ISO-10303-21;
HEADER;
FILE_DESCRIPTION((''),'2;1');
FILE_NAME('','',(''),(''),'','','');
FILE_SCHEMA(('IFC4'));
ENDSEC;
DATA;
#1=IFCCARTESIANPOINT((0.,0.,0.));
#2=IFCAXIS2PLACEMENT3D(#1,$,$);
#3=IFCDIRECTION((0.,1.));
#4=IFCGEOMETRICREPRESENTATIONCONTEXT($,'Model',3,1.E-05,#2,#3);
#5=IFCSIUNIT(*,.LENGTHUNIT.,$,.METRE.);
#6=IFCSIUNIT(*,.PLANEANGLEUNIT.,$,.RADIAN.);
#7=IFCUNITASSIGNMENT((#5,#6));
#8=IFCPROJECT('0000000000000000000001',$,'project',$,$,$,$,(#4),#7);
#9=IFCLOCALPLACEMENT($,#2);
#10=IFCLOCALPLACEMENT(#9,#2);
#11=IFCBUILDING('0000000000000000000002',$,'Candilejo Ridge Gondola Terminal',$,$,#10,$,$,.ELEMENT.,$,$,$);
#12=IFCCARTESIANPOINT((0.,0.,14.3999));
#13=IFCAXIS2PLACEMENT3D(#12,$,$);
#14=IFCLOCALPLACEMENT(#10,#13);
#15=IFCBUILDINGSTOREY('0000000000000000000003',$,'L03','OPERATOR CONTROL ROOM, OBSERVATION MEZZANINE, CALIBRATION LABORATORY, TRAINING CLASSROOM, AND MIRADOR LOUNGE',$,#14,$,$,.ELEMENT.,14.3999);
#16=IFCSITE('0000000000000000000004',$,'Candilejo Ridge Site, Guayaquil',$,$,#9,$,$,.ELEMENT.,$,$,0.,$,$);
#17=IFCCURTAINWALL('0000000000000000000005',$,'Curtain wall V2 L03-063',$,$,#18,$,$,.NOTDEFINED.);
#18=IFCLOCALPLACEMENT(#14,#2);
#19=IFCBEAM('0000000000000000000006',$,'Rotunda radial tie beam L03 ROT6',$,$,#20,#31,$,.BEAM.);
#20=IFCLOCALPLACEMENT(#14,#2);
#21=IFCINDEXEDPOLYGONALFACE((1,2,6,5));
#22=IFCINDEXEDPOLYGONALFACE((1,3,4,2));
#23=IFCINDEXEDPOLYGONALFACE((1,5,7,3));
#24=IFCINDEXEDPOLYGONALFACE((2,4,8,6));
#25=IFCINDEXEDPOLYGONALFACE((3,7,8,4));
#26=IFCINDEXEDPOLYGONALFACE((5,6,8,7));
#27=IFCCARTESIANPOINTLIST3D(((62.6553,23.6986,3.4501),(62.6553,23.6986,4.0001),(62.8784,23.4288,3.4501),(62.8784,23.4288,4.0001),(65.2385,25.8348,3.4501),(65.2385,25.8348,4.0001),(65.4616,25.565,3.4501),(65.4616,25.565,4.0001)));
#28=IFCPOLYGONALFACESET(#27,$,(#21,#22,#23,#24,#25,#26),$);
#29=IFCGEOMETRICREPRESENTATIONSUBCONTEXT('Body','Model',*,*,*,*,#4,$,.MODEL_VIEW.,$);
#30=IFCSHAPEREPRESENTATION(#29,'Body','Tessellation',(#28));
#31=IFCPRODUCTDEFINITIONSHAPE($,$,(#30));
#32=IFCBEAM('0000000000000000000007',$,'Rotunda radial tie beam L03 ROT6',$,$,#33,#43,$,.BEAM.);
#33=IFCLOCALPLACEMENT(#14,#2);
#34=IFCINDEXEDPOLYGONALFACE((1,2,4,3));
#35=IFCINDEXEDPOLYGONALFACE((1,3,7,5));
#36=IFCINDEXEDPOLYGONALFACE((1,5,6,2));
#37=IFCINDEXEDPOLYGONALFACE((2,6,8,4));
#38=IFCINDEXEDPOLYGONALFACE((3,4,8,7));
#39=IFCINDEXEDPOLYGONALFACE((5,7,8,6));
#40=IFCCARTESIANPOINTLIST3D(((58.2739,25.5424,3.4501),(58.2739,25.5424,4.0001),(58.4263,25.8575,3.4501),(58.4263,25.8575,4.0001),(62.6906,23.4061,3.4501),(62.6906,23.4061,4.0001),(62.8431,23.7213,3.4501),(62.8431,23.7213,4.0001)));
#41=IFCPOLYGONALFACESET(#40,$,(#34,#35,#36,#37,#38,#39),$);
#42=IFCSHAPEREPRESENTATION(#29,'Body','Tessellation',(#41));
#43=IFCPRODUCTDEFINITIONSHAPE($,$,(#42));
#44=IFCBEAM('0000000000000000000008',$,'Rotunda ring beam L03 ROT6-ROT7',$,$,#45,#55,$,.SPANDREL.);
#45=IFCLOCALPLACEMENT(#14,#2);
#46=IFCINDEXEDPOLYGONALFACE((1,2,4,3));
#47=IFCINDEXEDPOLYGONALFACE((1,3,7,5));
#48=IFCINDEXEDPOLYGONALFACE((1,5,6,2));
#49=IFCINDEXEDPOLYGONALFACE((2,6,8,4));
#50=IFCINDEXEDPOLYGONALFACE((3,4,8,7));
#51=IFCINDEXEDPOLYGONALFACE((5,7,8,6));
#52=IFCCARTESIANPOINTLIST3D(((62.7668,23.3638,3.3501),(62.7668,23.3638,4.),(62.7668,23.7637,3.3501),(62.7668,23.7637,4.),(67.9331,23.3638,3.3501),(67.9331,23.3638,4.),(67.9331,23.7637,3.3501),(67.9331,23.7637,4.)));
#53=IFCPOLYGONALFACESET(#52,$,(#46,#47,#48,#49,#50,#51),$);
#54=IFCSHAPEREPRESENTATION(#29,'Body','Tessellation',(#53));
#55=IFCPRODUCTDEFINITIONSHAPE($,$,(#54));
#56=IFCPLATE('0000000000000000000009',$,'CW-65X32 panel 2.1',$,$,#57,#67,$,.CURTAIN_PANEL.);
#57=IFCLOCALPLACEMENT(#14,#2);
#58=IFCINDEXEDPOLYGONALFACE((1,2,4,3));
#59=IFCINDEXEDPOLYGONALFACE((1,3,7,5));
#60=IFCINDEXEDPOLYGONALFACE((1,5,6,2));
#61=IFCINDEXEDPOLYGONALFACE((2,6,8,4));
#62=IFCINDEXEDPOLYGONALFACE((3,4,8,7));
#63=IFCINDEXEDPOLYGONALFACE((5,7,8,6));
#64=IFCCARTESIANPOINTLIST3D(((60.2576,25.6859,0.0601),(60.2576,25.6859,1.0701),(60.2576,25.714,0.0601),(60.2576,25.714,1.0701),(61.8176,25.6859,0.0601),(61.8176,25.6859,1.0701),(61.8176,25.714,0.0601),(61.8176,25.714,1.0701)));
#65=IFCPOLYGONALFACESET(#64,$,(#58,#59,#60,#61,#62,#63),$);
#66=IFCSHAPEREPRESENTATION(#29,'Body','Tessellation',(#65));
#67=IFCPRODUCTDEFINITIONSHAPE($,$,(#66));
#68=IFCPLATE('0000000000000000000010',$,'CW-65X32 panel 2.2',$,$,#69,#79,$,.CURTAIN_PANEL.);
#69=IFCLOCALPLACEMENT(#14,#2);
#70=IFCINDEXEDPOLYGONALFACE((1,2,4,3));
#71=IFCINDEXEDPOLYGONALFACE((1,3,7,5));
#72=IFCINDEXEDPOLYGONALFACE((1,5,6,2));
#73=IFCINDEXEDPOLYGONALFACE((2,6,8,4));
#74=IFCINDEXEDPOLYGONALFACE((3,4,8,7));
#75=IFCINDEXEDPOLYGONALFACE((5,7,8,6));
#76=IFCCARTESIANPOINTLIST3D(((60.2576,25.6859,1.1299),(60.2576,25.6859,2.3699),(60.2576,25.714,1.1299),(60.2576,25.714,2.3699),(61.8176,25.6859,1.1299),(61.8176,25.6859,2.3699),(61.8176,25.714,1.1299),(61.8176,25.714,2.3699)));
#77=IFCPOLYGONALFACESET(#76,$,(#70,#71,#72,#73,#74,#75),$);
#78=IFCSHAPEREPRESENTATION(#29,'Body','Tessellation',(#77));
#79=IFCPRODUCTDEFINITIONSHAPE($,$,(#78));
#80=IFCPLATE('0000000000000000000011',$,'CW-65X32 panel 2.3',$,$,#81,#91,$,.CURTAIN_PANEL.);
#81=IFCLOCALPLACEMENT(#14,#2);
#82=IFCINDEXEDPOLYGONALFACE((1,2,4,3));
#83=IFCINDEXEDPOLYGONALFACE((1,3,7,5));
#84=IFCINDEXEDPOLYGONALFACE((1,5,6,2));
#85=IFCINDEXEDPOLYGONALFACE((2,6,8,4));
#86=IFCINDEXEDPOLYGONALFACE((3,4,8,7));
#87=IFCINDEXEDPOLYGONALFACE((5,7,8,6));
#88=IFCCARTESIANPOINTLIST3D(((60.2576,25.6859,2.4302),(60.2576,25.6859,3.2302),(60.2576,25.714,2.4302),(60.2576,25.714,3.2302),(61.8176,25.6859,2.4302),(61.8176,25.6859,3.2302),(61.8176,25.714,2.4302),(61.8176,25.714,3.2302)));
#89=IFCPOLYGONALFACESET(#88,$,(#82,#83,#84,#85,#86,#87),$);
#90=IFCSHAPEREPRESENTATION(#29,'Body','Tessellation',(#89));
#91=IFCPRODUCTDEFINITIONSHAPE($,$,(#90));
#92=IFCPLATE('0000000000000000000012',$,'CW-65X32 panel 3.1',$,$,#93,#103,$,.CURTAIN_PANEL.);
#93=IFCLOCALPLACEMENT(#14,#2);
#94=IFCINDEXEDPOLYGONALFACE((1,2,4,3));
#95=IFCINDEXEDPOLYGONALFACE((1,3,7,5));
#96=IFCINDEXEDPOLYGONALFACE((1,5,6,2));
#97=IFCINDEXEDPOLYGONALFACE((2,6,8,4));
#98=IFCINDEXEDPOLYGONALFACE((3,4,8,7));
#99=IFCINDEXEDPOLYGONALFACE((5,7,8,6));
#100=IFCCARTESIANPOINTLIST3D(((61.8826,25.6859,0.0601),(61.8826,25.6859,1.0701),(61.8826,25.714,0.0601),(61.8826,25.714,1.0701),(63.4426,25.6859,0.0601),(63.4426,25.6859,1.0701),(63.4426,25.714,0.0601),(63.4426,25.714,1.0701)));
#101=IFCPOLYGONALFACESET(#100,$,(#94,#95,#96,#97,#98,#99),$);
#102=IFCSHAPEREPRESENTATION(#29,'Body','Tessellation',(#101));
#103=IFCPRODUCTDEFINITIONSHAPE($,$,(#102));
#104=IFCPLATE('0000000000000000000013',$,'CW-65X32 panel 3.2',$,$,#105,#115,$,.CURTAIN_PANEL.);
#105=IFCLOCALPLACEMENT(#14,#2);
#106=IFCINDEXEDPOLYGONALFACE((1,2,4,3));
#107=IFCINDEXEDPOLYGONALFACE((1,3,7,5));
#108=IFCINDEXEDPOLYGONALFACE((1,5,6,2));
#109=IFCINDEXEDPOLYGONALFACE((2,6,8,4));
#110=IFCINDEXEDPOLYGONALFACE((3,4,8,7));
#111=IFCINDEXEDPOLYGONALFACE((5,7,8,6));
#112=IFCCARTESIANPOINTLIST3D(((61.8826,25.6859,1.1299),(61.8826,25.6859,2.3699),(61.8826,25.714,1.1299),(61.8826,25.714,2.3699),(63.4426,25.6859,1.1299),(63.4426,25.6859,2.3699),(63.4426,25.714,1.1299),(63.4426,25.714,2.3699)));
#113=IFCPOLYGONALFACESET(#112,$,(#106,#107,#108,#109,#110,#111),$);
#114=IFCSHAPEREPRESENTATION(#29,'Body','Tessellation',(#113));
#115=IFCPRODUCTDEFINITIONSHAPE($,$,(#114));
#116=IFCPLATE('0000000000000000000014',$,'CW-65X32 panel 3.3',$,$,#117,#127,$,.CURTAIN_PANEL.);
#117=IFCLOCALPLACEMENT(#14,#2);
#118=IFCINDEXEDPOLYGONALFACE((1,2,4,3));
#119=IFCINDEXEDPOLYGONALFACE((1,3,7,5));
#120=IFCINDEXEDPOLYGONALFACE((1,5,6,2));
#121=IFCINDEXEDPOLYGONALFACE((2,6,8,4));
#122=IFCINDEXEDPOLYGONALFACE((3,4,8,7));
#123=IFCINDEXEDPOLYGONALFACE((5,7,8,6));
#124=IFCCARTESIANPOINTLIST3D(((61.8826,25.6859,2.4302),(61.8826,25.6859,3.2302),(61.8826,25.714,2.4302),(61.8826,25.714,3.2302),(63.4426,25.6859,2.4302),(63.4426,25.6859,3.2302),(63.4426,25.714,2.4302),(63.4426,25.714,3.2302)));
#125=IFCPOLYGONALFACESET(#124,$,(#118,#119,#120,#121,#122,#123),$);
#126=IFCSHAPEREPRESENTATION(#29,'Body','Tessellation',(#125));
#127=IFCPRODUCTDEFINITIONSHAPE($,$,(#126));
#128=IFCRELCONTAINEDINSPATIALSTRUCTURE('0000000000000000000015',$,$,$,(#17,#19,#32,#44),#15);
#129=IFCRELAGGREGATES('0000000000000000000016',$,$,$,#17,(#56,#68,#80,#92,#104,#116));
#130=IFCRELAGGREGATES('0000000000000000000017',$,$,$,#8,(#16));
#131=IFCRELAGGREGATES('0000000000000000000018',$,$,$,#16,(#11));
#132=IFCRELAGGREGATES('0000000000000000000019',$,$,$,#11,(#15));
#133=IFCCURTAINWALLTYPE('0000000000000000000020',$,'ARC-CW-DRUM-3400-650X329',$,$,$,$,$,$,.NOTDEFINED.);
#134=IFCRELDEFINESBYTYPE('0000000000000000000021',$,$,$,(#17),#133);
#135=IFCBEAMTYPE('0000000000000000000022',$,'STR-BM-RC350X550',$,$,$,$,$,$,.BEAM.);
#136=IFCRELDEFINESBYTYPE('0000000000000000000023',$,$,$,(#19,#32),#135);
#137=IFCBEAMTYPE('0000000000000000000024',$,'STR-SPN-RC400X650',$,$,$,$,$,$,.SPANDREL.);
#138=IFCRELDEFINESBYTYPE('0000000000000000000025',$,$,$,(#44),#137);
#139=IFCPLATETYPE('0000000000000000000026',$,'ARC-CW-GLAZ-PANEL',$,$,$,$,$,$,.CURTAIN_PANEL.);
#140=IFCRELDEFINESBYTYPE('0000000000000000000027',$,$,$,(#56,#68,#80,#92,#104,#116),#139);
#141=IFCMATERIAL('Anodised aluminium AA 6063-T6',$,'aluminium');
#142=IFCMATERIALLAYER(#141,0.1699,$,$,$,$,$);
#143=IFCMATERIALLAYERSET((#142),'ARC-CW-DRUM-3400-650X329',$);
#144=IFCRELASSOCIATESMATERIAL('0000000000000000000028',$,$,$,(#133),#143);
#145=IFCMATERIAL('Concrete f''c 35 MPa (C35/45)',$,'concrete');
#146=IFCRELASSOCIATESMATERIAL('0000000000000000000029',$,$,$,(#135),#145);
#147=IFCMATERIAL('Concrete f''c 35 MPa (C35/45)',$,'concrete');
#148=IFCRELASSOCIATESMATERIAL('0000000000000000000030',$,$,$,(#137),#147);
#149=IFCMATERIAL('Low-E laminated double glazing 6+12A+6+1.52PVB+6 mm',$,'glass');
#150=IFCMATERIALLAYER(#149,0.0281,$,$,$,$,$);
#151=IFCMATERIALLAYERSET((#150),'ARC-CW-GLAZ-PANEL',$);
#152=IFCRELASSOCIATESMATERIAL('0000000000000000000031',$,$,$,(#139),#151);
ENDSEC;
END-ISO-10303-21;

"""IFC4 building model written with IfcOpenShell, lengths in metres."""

from ifc_helpers import new_model, si_unit, direction, frame, origin, origin_2d, place, context, subcontext, project, spatial, rectangle, extrude, material, layer, layer_set, material_profile, profile_set, type_object, element, aggregate, save


model = new_model("IFC4")

# Units and contexts
model_context = context("Model", 3, precision=1e-05, world=origin(), true_north=direction((0.0, 1.0)))
body_context = subcontext(model_context, "Body", "Model", "MODEL_VIEW")
ifc_project = project(units=[si_unit("LENGTHUNIT", "METRE"), si_unit("PLANEANGLEUNIT", "RADIAN")], contexts=[model_context])

# Site, building, storey
site_placement = place(None, origin())
site = spatial("IfcSite", under=ifc_project, at=site_placement, Name="Candilejo Ridge Site, Guayaquil", CompositionType="ELEMENT", RefElevation=0.0)
building_placement = place(site_placement, origin())
building = spatial("IfcBuilding", under=site, at=building_placement, Name="Candilejo Ridge Gondola Terminal", CompositionType="ELEMENT")
storey_placement = place(building_placement, frame((0.0, 0.0, 14.3999)))
storey = spatial("IfcBuildingStorey", under=building, at=storey_placement, Name="L03", Description="OPERATOR CONTROL ROOM, OBSERVATION MEZZANINE, CALIBRATION LABORATORY, TRAINING CLASSROOM, AND MIRADOR LOUNGE", CompositionType="ELEMENT", Elevation=14.3999)

# Curtain wall
ifc_material_1 = material(Name="Anodised aluminium AA 6063-T6", Category="aluminium")
ifc_layer_1 = layer(ifc_material_1, 0.1699)
ifc_layer_set_1 = layer_set([ifc_layer_1], Name="ARC-CW-DRUM-3400-650X329")
curtain_wall_type = type_object("IfcCurtainWallType", Name="ARC-CW-DRUM-3400-650X329", PredefinedType="NOTDEFINED", material=ifc_layer_set_1)
curtain_wall_placement = place(storey_placement, origin())
curtain_wall = element("IfcCurtainWall", 1, at=curtain_wall_placement, inside=storey, type_object=curtain_wall_type, Name="Curtain wall V2 L03-063", PredefinedType="NOTDEFINED")

# Beams
ifc_material_2 = material(Name="Concrete f'c 35 MPa (C35/45)", Category="concrete")
ifc_material_profile_1 = material_profile(ifc_material_2, rectangle(XDim=0.3501, YDim=0.55, at=origin_2d()))
ifc_profile_set_1 = profile_set([ifc_material_profile_1], Name="Concrete f'c 35 MPa (C35/45)")
beam_type_1 = type_object("IfcBeamType", Name="STR-BM-RC350X550", PredefinedType="BEAM", material=ifc_profile_set_1)
beam_1_placement = place(storey_placement, frame((62.7668, 23.5637, 3.7251), z_axis=(0.770634, 0.637279, 0.0), x_axis=(-0.637279, 0.770634, 0.0)))
element("IfcBeam", 2, at=beam_1_placement, inside=storey, type_object=beam_type_1, Name="Rotunda radial tie beam L03 ROT6", PredefinedType="BEAM", context=body_context, shape_type="SweptSolid", body=[
    extrude(rectangle(XDim=0.3501, YDim=0.55, at=origin_2d()), origin(), (0.0, 0.0, 1.0), 3.3521),
])
beam_2_placement = place(storey_placement, frame((62.7668, 23.5637, 3.7251), z_axis=(-0.900232, 0.435411, 0.0), x_axis=(-0.435411, -0.900232, 0.0)))
element("IfcBeam", 3, at=beam_2_placement, inside=storey, type_object=beam_type_1, Name="Rotunda radial tie beam L03 ROT6", PredefinedType="BEAM", context=body_context, shape_type="SweptSolid", body=[
    extrude(rectangle(XDim=0.3501, YDim=0.55, at=origin_2d()), origin(), (0.0, 0.0, 1.0), 4.9062),
])
ifc_material_3 = material(Name="Concrete f'c 35 MPa (C35/45)", Category="concrete")
ifc_material_profile_2 = material_profile(ifc_material_3, rectangle(XDim=0.3999, YDim=0.6499, at=origin_2d()))
ifc_profile_set_2 = profile_set([ifc_material_profile_2], Name="Concrete f'c 35 MPa (C35/45)")
beam_type_2 = type_object("IfcBeamType", Name="STR-SPN-RC400X650", PredefinedType="SPANDREL", material=ifc_profile_set_2)
beam_3_placement = place(storey_placement, frame((62.7668, 23.5637, 3.675), z_axis=(1.0, 0.0, 0.0), x_axis=(0.0, 1.0, 0.0)))
element("IfcBeam", 4, at=beam_3_placement, inside=storey, type_object=beam_type_2, Name="Rotunda ring beam L03 ROT6-ROT7", PredefinedType="SPANDREL", context=body_context, shape_type="SweptSolid", body=[
    extrude(rectangle(XDim=0.3999, YDim=0.6499, at=origin_2d()), origin(), (0.0, 0.0, 1.0), 5.1663),
])

# Plates
ifc_material_4 = material(Name="Low-E laminated double glazing 6+12A+6+1.52PVB+6 mm", Category="glass")
ifc_layer_2 = layer(ifc_material_4, 0.0281)
ifc_layer_set_2 = layer_set([ifc_layer_2], Name="ARC-CW-GLAZ-PANEL")
plate_type = type_object("IfcPlateType", Name="ARC-CW-GLAZ-PANEL", PredefinedType="CURTAIN_PANEL", material=ifc_layer_set_2)
plate_1_placement = place(storey_placement, frame((61.0376, 25.7, 0.0601), z_axis=(0.0, 0.0, 1.0), x_axis=(1.0, 0.0, 0.0)))
plate_1 = element("IfcPlate", 5, at=plate_1_placement, type_object=plate_type, Name="CW-65X32 panel 2.1", PredefinedType="CURTAIN_PANEL", context=body_context, shape_type="SweptSolid", body=[
    extrude(rectangle(XDim=1.5601, YDim=0.0281, at=origin_2d()), origin(), (0.0, 0.0, 1.0), 1.01),
])
plate_2_placement = place(storey_placement, frame((61.0376, 25.7, 1.1299), z_axis=(0.0, 0.0, 1.0), x_axis=(1.0, 0.0, 0.0)))
plate_2 = element("IfcPlate", 6, at=plate_2_placement, type_object=plate_type, Name="CW-65X32 panel 2.2", PredefinedType="CURTAIN_PANEL", context=body_context, shape_type="SweptSolid", body=[
    extrude(rectangle(XDim=1.5601, YDim=0.0281, at=origin_2d()), origin(), (0.0, 0.0, 1.0), 1.24),
])
plate_3_placement = place(storey_placement, frame((61.0376, 25.7, 2.4302), z_axis=(0.0, 0.0, 1.0), x_axis=(1.0, 0.0, 0.0)))
plate_3 = element("IfcPlate", 7, at=plate_3_placement, type_object=plate_type, Name="CW-65X32 panel 2.3", PredefinedType="CURTAIN_PANEL", context=body_context, shape_type="SweptSolid", body=[
    extrude(rectangle(XDim=1.5601, YDim=0.0281, at=origin_2d()), origin(), (0.0, 0.0, 1.0), 0.8),
])
plate_4_placement = place(storey_placement, frame((62.6626, 25.7, 0.0601), z_axis=(0.0, 0.0, 1.0), x_axis=(1.0, 0.0, 0.0)))
plate_4 = element("IfcPlate", 8, at=plate_4_placement, type_object=plate_type, Name="CW-65X32 panel 3.1", PredefinedType="CURTAIN_PANEL", context=body_context, shape_type="SweptSolid", body=[
    extrude(rectangle(XDim=1.5601, YDim=0.0281, at=origin_2d()), origin(), (0.0, 0.0, 1.0), 1.01),
])
plate_5_placement = place(storey_placement, frame((62.6626, 25.7, 1.1299), z_axis=(0.0, 0.0, 1.0), x_axis=(1.0, 0.0, 0.0)))
plate_5 = element("IfcPlate", 9, at=plate_5_placement, type_object=plate_type, Name="CW-65X32 panel 3.2", PredefinedType="CURTAIN_PANEL", context=body_context, shape_type="SweptSolid", body=[
    extrude(rectangle(XDim=1.5601, YDim=0.0281, at=origin_2d()), origin(), (0.0, 0.0, 1.0), 1.24),
])
plate_6_placement = place(storey_placement, frame((62.6626, 25.7, 2.4302), z_axis=(0.0, 0.0, 1.0), x_axis=(1.0, 0.0, 0.0)))
plate_6 = element("IfcPlate", 10, at=plate_6_placement, type_object=plate_type, Name="CW-65X32 panel 3.3", PredefinedType="CURTAIN_PANEL", context=body_context, shape_type="SweptSolid", body=[
    extrude(rectangle(XDim=1.5601, YDim=0.0281, at=origin_2d()), origin(), (0.0, 0.0, 1.0), 0.8),
])
aggregate(curtain_wall, [plate_1, plate_2, plate_3, plate_4, plate_5, plate_6])

save(model, "model.ifc")
